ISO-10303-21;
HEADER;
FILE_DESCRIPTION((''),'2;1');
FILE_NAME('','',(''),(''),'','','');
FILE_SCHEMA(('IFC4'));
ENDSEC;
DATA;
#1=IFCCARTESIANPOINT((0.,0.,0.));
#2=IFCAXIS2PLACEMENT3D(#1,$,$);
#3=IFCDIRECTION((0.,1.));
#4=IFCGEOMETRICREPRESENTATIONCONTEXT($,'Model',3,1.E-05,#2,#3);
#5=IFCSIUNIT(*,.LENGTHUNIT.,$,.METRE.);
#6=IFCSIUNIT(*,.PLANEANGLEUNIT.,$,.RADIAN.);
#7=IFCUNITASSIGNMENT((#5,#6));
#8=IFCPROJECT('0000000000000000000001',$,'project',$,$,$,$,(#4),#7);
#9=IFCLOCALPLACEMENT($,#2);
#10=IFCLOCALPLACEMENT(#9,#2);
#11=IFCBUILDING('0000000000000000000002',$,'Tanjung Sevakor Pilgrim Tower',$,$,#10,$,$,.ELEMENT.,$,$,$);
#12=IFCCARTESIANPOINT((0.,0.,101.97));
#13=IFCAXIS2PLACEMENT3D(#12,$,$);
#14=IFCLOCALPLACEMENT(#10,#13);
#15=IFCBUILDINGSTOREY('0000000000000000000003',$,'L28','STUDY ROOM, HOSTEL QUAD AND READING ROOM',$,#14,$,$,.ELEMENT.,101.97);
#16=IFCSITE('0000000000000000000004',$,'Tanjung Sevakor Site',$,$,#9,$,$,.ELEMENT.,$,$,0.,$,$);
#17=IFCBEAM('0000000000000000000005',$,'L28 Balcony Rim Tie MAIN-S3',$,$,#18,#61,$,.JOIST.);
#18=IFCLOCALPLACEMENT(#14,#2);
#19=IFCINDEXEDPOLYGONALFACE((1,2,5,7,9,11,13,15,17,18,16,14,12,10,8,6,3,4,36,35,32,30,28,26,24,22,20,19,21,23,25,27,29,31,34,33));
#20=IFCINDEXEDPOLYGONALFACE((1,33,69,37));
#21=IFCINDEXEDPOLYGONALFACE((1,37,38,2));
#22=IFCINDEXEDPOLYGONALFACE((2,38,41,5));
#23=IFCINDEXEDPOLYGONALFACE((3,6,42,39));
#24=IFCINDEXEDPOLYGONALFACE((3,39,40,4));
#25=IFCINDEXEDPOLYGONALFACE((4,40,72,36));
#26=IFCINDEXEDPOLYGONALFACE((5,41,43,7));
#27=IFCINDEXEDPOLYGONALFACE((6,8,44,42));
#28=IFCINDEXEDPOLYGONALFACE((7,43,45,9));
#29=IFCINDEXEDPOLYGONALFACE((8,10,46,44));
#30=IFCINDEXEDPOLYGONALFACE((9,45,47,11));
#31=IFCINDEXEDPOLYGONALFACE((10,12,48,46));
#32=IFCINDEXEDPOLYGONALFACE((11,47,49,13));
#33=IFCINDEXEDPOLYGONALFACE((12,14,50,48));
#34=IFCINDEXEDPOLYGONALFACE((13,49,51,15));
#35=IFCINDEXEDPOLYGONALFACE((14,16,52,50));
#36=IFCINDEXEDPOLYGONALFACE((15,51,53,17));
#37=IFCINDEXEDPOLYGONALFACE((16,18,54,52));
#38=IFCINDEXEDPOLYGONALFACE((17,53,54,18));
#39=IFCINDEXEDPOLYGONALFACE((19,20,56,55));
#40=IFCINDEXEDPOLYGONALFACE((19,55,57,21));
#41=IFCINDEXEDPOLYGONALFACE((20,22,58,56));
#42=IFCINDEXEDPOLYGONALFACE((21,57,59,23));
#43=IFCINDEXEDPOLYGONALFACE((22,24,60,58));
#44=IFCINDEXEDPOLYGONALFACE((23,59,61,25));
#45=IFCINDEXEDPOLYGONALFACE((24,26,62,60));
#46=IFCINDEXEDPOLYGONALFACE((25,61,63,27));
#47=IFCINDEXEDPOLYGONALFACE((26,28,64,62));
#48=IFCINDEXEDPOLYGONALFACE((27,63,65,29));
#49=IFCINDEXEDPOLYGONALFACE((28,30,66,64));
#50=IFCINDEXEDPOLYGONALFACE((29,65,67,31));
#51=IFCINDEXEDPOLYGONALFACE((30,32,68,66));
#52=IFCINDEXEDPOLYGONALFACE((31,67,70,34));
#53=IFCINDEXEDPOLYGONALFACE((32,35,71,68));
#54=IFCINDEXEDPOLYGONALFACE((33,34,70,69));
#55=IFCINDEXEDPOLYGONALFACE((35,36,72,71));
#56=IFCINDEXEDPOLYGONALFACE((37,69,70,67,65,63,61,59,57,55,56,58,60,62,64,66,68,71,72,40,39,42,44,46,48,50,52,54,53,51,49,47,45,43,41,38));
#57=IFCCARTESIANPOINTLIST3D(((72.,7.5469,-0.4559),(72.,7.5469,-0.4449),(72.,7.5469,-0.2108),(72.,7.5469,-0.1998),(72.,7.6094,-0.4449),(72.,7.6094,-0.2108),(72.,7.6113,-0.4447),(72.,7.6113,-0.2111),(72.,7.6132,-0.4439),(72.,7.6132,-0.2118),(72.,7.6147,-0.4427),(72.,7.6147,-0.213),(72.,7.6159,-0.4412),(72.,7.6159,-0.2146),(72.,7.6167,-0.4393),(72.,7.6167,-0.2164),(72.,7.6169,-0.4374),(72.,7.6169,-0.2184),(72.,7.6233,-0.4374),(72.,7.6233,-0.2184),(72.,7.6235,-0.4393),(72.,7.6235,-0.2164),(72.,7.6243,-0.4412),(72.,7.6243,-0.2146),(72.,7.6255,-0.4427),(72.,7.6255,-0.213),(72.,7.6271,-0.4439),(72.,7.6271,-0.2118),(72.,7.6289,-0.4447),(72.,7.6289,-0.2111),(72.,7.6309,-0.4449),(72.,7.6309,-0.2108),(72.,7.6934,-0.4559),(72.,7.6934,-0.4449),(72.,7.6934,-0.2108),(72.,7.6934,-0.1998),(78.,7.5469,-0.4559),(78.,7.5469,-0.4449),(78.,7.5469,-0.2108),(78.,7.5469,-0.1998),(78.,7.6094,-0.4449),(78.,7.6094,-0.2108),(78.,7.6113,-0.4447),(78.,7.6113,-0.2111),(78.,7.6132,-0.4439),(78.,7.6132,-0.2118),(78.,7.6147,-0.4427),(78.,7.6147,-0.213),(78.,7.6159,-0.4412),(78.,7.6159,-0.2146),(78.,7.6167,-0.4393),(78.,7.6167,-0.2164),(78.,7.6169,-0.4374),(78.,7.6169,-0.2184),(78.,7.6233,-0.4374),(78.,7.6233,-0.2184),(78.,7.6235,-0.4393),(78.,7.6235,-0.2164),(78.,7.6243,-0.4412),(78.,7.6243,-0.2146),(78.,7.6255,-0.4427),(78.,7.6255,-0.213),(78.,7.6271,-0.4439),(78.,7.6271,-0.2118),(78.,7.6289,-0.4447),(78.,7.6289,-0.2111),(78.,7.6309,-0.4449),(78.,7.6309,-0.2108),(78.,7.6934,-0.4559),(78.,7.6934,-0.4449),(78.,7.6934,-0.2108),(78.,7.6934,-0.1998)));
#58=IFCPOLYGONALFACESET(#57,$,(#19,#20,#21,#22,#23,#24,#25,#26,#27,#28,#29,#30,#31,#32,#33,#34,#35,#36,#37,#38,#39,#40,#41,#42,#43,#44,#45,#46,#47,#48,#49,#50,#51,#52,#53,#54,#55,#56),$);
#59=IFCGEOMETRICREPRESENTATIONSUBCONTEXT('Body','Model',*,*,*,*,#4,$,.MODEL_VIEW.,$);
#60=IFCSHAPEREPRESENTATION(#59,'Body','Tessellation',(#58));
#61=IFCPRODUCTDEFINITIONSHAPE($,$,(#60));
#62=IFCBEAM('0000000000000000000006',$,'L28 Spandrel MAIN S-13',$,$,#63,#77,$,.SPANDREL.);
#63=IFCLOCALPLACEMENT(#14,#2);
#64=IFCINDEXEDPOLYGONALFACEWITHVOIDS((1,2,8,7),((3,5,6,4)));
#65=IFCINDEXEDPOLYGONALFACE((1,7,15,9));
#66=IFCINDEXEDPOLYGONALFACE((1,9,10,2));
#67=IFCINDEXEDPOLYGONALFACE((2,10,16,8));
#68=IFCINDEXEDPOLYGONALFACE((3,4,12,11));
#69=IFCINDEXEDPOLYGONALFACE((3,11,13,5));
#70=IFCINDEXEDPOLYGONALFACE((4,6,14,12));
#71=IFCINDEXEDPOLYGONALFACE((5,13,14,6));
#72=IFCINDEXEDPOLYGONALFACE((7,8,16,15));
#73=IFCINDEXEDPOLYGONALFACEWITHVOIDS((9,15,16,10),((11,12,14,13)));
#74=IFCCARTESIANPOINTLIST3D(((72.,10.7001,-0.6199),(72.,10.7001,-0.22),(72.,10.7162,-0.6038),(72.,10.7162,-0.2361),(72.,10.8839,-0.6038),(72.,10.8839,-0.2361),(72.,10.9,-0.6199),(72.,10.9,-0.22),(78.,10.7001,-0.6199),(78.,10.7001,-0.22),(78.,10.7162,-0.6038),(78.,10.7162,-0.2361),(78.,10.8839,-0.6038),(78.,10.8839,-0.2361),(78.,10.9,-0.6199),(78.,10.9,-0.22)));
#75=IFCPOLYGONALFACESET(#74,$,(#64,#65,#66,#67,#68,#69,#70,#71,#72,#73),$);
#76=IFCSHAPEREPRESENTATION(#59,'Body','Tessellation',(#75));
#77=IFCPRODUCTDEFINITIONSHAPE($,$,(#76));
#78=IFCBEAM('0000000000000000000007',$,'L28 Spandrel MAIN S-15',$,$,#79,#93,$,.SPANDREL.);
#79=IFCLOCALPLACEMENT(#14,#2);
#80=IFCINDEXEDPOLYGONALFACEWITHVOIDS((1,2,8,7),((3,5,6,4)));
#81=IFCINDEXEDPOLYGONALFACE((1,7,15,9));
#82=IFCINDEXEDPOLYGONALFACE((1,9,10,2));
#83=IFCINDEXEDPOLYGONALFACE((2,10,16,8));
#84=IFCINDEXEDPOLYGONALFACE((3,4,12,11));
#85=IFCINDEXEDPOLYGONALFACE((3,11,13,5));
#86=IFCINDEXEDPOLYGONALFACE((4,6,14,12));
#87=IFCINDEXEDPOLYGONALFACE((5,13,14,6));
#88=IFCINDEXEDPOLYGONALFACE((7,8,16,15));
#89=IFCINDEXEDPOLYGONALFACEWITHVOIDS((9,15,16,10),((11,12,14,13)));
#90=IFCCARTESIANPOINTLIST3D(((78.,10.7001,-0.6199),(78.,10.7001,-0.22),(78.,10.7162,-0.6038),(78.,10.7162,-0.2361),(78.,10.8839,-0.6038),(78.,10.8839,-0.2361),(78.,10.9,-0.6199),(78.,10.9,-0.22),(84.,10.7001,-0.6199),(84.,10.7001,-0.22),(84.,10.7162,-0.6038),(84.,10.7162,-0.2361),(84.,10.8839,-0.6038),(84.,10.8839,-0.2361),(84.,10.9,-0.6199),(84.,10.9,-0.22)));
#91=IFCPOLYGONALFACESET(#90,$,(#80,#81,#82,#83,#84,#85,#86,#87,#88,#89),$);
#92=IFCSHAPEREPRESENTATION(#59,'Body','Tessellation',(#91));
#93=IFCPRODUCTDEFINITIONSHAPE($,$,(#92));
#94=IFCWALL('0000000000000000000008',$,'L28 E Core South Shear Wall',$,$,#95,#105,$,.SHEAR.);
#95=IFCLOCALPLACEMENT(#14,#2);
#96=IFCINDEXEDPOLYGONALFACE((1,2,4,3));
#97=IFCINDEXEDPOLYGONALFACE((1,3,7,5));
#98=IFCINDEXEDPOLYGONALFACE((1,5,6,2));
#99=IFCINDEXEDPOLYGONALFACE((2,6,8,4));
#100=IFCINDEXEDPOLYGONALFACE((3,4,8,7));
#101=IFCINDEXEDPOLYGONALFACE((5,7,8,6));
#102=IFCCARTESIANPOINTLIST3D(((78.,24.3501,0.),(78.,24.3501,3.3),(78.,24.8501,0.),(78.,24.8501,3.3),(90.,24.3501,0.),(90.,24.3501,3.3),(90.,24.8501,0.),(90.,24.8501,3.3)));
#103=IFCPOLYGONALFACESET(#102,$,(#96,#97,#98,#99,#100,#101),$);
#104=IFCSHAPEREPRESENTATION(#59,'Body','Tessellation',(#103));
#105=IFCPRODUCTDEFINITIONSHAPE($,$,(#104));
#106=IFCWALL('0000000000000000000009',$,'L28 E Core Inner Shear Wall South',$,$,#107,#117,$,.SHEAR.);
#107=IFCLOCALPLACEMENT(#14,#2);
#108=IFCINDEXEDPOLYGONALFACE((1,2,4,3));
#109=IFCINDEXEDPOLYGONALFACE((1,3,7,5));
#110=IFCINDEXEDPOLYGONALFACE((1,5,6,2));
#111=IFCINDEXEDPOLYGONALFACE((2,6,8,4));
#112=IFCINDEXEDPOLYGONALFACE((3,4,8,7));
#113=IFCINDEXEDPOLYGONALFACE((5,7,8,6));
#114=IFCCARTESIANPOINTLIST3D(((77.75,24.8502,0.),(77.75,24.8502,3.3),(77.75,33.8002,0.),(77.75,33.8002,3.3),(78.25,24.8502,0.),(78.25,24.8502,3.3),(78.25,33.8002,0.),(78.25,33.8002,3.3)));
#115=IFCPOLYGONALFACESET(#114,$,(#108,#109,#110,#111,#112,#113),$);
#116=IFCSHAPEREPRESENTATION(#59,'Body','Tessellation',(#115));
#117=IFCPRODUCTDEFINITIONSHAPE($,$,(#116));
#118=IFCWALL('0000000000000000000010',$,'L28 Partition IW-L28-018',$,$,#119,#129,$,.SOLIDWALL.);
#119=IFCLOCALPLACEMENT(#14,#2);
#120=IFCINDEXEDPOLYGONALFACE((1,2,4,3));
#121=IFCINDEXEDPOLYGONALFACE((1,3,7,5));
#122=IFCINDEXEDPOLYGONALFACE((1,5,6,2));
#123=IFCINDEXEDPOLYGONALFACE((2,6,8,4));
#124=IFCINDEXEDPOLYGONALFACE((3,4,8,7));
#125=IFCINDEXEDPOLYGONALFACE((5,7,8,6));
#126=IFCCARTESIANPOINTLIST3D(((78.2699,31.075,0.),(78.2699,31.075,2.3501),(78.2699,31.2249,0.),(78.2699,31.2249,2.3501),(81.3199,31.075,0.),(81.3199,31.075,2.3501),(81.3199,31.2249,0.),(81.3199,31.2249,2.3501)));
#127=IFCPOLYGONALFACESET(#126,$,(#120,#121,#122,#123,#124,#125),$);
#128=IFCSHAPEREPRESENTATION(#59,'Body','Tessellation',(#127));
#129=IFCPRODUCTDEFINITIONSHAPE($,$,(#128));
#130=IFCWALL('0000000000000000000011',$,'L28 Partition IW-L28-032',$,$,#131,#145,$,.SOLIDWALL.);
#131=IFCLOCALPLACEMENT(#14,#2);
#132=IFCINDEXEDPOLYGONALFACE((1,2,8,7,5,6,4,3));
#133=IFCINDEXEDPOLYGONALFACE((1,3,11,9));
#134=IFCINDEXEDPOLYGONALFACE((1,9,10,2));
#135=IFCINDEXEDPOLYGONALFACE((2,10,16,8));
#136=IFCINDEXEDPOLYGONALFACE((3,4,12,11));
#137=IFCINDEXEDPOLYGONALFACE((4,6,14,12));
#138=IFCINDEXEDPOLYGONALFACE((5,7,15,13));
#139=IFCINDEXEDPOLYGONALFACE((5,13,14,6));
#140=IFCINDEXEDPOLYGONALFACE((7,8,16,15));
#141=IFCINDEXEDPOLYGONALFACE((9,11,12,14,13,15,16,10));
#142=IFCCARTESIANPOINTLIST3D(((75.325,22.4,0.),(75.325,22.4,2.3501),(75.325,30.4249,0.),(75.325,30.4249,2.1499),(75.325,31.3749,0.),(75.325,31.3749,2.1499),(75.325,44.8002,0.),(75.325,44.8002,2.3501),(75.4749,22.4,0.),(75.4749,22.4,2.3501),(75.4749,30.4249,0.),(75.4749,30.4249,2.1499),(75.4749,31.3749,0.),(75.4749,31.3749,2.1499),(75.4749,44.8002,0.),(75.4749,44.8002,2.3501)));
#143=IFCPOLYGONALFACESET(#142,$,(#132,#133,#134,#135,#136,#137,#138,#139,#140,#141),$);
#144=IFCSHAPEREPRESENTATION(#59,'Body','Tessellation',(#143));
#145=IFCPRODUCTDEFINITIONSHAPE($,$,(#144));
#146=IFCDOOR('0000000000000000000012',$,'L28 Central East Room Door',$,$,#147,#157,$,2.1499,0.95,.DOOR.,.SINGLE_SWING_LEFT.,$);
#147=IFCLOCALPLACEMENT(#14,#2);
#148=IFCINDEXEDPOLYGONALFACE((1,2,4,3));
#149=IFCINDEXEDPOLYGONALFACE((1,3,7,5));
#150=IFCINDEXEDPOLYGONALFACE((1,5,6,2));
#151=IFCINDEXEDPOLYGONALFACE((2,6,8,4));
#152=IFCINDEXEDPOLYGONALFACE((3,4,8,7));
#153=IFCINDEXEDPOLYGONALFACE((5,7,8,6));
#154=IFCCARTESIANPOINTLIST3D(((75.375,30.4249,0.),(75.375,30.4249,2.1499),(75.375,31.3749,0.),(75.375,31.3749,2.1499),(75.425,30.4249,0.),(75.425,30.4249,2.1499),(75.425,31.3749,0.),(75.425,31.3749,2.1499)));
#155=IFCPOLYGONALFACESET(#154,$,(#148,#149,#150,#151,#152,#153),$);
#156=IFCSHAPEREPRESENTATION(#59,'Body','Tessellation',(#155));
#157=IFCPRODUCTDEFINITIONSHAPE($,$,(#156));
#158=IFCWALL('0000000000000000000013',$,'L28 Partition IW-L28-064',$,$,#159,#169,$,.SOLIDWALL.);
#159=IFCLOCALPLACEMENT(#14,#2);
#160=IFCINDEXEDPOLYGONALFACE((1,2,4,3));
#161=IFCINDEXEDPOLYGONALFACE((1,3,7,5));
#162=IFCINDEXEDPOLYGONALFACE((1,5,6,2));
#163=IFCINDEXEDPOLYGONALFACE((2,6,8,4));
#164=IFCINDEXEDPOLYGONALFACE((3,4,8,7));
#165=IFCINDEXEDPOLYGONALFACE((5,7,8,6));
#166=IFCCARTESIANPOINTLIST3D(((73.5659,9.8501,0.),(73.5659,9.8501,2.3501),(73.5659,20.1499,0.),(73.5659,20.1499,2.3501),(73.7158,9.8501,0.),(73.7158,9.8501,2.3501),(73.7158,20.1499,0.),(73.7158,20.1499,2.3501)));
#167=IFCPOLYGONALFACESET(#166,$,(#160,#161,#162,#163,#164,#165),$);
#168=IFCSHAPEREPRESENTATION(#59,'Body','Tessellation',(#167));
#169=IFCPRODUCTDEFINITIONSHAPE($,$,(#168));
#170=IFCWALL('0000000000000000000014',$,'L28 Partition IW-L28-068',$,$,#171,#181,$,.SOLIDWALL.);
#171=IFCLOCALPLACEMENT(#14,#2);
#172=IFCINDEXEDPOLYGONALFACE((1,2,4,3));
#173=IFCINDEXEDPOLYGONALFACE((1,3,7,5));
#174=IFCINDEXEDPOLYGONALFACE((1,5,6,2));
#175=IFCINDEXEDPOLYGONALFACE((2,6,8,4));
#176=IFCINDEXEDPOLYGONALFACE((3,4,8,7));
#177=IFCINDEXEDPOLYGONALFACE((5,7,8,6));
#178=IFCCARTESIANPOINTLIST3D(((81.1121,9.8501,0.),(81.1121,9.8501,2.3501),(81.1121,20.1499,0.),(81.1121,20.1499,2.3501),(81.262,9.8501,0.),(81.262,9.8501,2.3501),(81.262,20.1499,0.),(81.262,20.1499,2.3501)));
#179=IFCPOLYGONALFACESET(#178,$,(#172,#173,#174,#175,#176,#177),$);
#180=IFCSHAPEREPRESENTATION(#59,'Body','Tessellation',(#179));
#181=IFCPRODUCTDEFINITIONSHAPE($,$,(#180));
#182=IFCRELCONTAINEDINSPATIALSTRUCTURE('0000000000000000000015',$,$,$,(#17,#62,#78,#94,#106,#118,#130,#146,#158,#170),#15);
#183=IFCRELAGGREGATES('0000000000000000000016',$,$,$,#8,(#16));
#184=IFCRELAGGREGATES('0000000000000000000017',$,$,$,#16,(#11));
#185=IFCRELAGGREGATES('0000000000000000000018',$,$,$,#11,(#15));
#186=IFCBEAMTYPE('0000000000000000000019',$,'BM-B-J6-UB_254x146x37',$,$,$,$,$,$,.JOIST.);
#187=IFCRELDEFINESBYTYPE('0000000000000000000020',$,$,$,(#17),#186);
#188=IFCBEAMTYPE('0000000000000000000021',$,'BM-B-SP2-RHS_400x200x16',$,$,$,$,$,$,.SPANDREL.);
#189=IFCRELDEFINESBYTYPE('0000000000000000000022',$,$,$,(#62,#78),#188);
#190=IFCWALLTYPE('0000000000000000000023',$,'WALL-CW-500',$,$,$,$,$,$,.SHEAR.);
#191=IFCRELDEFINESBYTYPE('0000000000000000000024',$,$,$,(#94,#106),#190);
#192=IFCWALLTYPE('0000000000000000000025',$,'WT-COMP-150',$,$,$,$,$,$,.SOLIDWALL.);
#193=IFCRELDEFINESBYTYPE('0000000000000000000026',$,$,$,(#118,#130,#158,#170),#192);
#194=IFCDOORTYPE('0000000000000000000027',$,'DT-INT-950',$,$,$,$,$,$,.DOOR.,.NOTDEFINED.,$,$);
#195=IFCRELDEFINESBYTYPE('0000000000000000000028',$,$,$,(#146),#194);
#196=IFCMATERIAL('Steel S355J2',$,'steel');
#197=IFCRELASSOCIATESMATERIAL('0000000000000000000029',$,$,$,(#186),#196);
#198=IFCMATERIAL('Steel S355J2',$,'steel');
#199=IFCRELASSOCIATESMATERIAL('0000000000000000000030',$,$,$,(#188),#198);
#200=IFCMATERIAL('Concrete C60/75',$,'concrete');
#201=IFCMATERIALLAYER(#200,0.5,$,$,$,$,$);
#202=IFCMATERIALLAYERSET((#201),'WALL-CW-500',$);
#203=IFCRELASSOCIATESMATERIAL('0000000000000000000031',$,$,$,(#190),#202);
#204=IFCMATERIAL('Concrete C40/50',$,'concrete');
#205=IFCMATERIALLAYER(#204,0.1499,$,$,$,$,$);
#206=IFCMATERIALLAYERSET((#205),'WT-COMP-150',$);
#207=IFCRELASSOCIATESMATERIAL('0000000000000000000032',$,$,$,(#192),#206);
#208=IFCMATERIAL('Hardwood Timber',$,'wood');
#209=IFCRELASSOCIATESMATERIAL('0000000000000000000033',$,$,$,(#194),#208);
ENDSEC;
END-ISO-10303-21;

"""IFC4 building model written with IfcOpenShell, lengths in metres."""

from ifc_helpers import new_model, si_unit, direction, frame, frame_2d, origin, origin_2d, place, context, subcontext, project, spatial, rectangle, hollow_rectangle, i_section, extrude, material, layer, layer_set, material_profile, profile_set, type_object, element, fill, save


model = new_model("IFC4")

# Units and contexts
model_context = context("Model", 3, precision=1e-05, world=origin(), true_north=direction((0.0, 1.0)))
body_context = subcontext(model_context, "Body", "Model", "MODEL_VIEW")
ifc_project = project(units=[si_unit("LENGTHUNIT", "METRE"), si_unit("PLANEANGLEUNIT", "RADIAN")], contexts=[model_context])

# Site, building, storey
site_placement = place(None, origin())
site = spatial("IfcSite", under=ifc_project, at=site_placement, Name="Tanjung Sevakor Site", CompositionType="ELEMENT", RefElevation=0.0)
building_placement = place(site_placement, origin())
building = spatial("IfcBuilding", under=site, at=building_placement, Name="Tanjung Sevakor Pilgrim Tower", CompositionType="ELEMENT")
storey_placement = place(building_placement, frame((0.0, 0.0, 101.97)))
storey = spatial("IfcBuildingStorey", under=building, at=storey_placement, Name="L28", Description="STUDY ROOM, HOSTEL QUAD AND READING ROOM", CompositionType="ELEMENT", Elevation=101.97)

# Beams
ifc_material_1 = material(Name="Steel S355J2", Category="steel")
ifc_material_profile_1 = material_profile(ifc_material_1, i_section(OverallWidth=0.1465, OverallDepth=0.2561, WebThickness=0.0063, FlangeThickness=0.011, FilletRadius=0.0076, at=origin_2d()))
ifc_profile_set_1 = profile_set([ifc_material_profile_1], Name="Steel S355J2")
beam_type_1 = type_object("IfcBeamType", Name="BM-B-J6-UB_254x146x37", PredefinedType="JOIST", material=ifc_profile_set_1)
beam_1_placement = place(storey_placement, frame((72.0, 7.6201, -0.3279), z_axis=(1.0, 0.0, 0.0), x_axis=(0.0, 1.0, 0.0)))
element("IfcBeam", 1, at=beam_1_placement, inside=storey, type_object=beam_type_1, Name="L28 Balcony Rim Tie MAIN-S3", PredefinedType="JOIST", context=body_context, shape_type="SweptSolid", body=[
    extrude(i_section(OverallWidth=0.1465, OverallDepth=0.2561, WebThickness=0.0063, FlangeThickness=0.011, FilletRadius=0.0076, at=origin_2d()), origin(), (0.0, 0.0, 1.0), 6.0),
])
ifc_material_2 = material(Name="Steel S355J2", Category="steel")
ifc_material_profile_2 = material_profile(ifc_material_2, hollow_rectangle(XDim=0.2, YDim=0.3999, WallThickness=0.0161, at=origin_2d()))
ifc_profile_set_2 = profile_set([ifc_material_profile_2], Name="Steel S355J2")
beam_type_2 = type_object("IfcBeamType", Name="BM-B-SP2-RHS_400x200x16", PredefinedType="SPANDREL", material=ifc_profile_set_2)
for number, where, z_axis, x_axis, name in (
    (2, (72.0, 10.8, -0.4199), (1.0, 0.0, 0.0), (0.0, 1.0, 0.0), "L28 Spandrel MAIN S-13"),
    (3, (78.0, 10.8, -0.4199), (1.0, 0.0, 0.0), (0.0, 1.0, 0.0), "L28 Spandrel MAIN S-15"),
):
    element("IfcBeam", number, at=place(storey_placement, frame(where, z_axis=z_axis, x_axis=x_axis)), inside=storey, type_object=beam_type_2, Name=name, PredefinedType="SPANDREL", context=body_context, shape_type="SweptSolid", body=[
        extrude(hollow_rectangle(XDim=0.2, YDim=0.3999, WallThickness=0.0161, at=origin_2d()), origin(), (0.0, 0.0, 1.0), 6.0),
    ])

# Walls
ifc_material_3 = material(Name="Concrete C60/75", Category="concrete")
ifc_layer_1 = layer(ifc_material_3, 0.5)
ifc_layer_set_1 = layer_set([ifc_layer_1], Name="WALL-CW-500")
wall_type_1 = type_object("IfcWallType", Name="WALL-CW-500", PredefinedType="SHEAR", material=ifc_layer_set_1)
wall_1_placement = place(storey_placement, frame((78.0, 24.6001, 0.0), z_axis=(0.0, 0.0, 1.0), x_axis=(1.0, 0.0, 0.0)))
element("IfcWall", 4, at=wall_1_placement, inside=storey, type_object=wall_type_1, Name="L28 E Core South Shear Wall", PredefinedType="SHEAR", context=body_context, shape_type="SweptSolid", body=[
    extrude(rectangle(XDim=12.0, YDim=0.5, at=frame_2d((6.0, 0.0))), origin(), (0.0, 0.0, 1.0), 3.3),
])
wall_2_placement = place(storey_placement, frame((78.0, 24.8501, 0.0), z_axis=(0.0, 0.0, 1.0), x_axis=(0.0, 1.0, 0.0)))
element("IfcWall", 5, at=wall_2_placement, inside=storey, type_object=wall_type_1, Name="L28 E Core Inner Shear Wall South", PredefinedType="SHEAR", context=body_context, shape_type="SweptSolid", body=[
    extrude(rectangle(XDim=8.95, YDim=0.5, at=frame_2d((4.4751, 0.0))), origin(), (0.0, 0.0, 1.0), 3.3),
])
ifc_material_4 = material(Name="Concrete C40/50", Category="concrete")
ifc_layer_2 = layer(ifc_material_4, 0.1499)
ifc_layer_set_2 = layer_set([ifc_layer_2], Name="WT-COMP-150")
wall_type_2 = type_object("IfcWallType", Name="WT-COMP-150", PredefinedType="SOLIDWALL", material=ifc_layer_set_2)
wall_3_placement = place(storey_placement, frame((78.27, 31.1499, 0.0), z_axis=(0.0, 0.0, 1.0), x_axis=(1.0, 0.0, 0.0)))
element("IfcWall", 6, at=wall_3_placement, inside=storey, type_object=wall_type_2, Name="L28 Partition IW-L28-018", PredefinedType="SOLIDWALL", context=body_context, shape_type="SweptSolid", body=[
    extrude(rectangle(XDim=3.05, YDim=0.1499, at=frame_2d((1.5249, 0.0))), origin(), (0.0, 0.0, 1.0), 2.3501),
])

# Wall, opening, door
wall_4_placement = place(storey_placement, frame((75.3999, 22.3999, 0.0), z_axis=(0.0, 0.0, 1.0), x_axis=(0.0, 1.0, 0.0)))
wall_4 = element("IfcWall", 7, at=wall_4_placement, inside=storey, type_object=wall_type_2, Name="L28 Partition IW-L28-032", PredefinedType="SOLIDWALL", context=body_context, shape_type="SweptSolid", body=[
    extrude(rectangle(XDim=22.4001, YDim=0.1499, at=frame_2d((11.2002, 0.0))), origin(), (0.0, 0.0, 1.0), 2.3501),
])
opening_1_placement = place(wall_4_placement, frame((8.0249, 0.0, 0.0)))
opening_1 = element("IfcOpeningElement", 8, at=opening_1_placement, cuts=wall_4, PredefinedType="OPENING", context=body_context, shape_type="SweptSolid", body=[
    extrude(rectangle(XDim=0.95, YDim=2.1499, at=frame_2d((0.4751, 1.075))), frame((0.0, 0.085, 0.0), z_axis=(0.0, -1.0, 0.0), x_axis=(1.0, 0.0, 0.0)), (0.0, 0.0, 1.0), 0.1699),
])
ifc_material_5 = material(Name="Hardwood Timber", Category="wood")
door_type_1 = type_object("IfcDoorType", Name="DT-INT-950", OperationType="NOTDEFINED", PredefinedType="DOOR", material=ifc_material_5)
door_1_placement = place(opening_1_placement, origin())
door_1 = element("IfcDoor", 9, at=door_1_placement, inside=storey, type_object=door_type_1, Name="L28 Central East Room Door", OperationType="SINGLE_SWING_LEFT", OverallHeight=2.1499, OverallWidth=0.95, PredefinedType="DOOR", context=body_context, shape_type="SweptSolid", body=[
    extrude(rectangle(XDim=0.95, YDim=2.1499, at=frame_2d((0.4751, 1.075))), frame((0.0, 0.0249, 0.0), z_axis=(0.0, -1.0, 0.0), x_axis=(1.0, 0.0, 0.0)), (0.0, 0.0, 1.0), 0.05),
])
fill(opening_1, door_1)

# Walls
for number, where, z_axis, x_axis, name in (
    (10, (73.6409, 9.8501, 0.0), (0.0, 0.0, 1.0), (0.0, 1.0, 0.0), "L28 Partition IW-L28-064"),
    (11, (81.187, 9.8501, 0.0), (0.0, 0.0, 1.0), (0.0, 1.0, 0.0), "L28 Partition IW-L28-068"),
):
    element("IfcWall", number, at=place(storey_placement, frame(where, z_axis=z_axis, x_axis=x_axis)), inside=storey, type_object=wall_type_2, Name=name, PredefinedType="SOLIDWALL", context=body_context, shape_type="SweptSolid", body=[
        extrude(rectangle(XDim=10.2998, YDim=0.1499, at=frame_2d((5.1499, 0.0))), origin(), (0.0, 0.0, 1.0), 2.3501),
    ])

save(model, "model.ifc")
